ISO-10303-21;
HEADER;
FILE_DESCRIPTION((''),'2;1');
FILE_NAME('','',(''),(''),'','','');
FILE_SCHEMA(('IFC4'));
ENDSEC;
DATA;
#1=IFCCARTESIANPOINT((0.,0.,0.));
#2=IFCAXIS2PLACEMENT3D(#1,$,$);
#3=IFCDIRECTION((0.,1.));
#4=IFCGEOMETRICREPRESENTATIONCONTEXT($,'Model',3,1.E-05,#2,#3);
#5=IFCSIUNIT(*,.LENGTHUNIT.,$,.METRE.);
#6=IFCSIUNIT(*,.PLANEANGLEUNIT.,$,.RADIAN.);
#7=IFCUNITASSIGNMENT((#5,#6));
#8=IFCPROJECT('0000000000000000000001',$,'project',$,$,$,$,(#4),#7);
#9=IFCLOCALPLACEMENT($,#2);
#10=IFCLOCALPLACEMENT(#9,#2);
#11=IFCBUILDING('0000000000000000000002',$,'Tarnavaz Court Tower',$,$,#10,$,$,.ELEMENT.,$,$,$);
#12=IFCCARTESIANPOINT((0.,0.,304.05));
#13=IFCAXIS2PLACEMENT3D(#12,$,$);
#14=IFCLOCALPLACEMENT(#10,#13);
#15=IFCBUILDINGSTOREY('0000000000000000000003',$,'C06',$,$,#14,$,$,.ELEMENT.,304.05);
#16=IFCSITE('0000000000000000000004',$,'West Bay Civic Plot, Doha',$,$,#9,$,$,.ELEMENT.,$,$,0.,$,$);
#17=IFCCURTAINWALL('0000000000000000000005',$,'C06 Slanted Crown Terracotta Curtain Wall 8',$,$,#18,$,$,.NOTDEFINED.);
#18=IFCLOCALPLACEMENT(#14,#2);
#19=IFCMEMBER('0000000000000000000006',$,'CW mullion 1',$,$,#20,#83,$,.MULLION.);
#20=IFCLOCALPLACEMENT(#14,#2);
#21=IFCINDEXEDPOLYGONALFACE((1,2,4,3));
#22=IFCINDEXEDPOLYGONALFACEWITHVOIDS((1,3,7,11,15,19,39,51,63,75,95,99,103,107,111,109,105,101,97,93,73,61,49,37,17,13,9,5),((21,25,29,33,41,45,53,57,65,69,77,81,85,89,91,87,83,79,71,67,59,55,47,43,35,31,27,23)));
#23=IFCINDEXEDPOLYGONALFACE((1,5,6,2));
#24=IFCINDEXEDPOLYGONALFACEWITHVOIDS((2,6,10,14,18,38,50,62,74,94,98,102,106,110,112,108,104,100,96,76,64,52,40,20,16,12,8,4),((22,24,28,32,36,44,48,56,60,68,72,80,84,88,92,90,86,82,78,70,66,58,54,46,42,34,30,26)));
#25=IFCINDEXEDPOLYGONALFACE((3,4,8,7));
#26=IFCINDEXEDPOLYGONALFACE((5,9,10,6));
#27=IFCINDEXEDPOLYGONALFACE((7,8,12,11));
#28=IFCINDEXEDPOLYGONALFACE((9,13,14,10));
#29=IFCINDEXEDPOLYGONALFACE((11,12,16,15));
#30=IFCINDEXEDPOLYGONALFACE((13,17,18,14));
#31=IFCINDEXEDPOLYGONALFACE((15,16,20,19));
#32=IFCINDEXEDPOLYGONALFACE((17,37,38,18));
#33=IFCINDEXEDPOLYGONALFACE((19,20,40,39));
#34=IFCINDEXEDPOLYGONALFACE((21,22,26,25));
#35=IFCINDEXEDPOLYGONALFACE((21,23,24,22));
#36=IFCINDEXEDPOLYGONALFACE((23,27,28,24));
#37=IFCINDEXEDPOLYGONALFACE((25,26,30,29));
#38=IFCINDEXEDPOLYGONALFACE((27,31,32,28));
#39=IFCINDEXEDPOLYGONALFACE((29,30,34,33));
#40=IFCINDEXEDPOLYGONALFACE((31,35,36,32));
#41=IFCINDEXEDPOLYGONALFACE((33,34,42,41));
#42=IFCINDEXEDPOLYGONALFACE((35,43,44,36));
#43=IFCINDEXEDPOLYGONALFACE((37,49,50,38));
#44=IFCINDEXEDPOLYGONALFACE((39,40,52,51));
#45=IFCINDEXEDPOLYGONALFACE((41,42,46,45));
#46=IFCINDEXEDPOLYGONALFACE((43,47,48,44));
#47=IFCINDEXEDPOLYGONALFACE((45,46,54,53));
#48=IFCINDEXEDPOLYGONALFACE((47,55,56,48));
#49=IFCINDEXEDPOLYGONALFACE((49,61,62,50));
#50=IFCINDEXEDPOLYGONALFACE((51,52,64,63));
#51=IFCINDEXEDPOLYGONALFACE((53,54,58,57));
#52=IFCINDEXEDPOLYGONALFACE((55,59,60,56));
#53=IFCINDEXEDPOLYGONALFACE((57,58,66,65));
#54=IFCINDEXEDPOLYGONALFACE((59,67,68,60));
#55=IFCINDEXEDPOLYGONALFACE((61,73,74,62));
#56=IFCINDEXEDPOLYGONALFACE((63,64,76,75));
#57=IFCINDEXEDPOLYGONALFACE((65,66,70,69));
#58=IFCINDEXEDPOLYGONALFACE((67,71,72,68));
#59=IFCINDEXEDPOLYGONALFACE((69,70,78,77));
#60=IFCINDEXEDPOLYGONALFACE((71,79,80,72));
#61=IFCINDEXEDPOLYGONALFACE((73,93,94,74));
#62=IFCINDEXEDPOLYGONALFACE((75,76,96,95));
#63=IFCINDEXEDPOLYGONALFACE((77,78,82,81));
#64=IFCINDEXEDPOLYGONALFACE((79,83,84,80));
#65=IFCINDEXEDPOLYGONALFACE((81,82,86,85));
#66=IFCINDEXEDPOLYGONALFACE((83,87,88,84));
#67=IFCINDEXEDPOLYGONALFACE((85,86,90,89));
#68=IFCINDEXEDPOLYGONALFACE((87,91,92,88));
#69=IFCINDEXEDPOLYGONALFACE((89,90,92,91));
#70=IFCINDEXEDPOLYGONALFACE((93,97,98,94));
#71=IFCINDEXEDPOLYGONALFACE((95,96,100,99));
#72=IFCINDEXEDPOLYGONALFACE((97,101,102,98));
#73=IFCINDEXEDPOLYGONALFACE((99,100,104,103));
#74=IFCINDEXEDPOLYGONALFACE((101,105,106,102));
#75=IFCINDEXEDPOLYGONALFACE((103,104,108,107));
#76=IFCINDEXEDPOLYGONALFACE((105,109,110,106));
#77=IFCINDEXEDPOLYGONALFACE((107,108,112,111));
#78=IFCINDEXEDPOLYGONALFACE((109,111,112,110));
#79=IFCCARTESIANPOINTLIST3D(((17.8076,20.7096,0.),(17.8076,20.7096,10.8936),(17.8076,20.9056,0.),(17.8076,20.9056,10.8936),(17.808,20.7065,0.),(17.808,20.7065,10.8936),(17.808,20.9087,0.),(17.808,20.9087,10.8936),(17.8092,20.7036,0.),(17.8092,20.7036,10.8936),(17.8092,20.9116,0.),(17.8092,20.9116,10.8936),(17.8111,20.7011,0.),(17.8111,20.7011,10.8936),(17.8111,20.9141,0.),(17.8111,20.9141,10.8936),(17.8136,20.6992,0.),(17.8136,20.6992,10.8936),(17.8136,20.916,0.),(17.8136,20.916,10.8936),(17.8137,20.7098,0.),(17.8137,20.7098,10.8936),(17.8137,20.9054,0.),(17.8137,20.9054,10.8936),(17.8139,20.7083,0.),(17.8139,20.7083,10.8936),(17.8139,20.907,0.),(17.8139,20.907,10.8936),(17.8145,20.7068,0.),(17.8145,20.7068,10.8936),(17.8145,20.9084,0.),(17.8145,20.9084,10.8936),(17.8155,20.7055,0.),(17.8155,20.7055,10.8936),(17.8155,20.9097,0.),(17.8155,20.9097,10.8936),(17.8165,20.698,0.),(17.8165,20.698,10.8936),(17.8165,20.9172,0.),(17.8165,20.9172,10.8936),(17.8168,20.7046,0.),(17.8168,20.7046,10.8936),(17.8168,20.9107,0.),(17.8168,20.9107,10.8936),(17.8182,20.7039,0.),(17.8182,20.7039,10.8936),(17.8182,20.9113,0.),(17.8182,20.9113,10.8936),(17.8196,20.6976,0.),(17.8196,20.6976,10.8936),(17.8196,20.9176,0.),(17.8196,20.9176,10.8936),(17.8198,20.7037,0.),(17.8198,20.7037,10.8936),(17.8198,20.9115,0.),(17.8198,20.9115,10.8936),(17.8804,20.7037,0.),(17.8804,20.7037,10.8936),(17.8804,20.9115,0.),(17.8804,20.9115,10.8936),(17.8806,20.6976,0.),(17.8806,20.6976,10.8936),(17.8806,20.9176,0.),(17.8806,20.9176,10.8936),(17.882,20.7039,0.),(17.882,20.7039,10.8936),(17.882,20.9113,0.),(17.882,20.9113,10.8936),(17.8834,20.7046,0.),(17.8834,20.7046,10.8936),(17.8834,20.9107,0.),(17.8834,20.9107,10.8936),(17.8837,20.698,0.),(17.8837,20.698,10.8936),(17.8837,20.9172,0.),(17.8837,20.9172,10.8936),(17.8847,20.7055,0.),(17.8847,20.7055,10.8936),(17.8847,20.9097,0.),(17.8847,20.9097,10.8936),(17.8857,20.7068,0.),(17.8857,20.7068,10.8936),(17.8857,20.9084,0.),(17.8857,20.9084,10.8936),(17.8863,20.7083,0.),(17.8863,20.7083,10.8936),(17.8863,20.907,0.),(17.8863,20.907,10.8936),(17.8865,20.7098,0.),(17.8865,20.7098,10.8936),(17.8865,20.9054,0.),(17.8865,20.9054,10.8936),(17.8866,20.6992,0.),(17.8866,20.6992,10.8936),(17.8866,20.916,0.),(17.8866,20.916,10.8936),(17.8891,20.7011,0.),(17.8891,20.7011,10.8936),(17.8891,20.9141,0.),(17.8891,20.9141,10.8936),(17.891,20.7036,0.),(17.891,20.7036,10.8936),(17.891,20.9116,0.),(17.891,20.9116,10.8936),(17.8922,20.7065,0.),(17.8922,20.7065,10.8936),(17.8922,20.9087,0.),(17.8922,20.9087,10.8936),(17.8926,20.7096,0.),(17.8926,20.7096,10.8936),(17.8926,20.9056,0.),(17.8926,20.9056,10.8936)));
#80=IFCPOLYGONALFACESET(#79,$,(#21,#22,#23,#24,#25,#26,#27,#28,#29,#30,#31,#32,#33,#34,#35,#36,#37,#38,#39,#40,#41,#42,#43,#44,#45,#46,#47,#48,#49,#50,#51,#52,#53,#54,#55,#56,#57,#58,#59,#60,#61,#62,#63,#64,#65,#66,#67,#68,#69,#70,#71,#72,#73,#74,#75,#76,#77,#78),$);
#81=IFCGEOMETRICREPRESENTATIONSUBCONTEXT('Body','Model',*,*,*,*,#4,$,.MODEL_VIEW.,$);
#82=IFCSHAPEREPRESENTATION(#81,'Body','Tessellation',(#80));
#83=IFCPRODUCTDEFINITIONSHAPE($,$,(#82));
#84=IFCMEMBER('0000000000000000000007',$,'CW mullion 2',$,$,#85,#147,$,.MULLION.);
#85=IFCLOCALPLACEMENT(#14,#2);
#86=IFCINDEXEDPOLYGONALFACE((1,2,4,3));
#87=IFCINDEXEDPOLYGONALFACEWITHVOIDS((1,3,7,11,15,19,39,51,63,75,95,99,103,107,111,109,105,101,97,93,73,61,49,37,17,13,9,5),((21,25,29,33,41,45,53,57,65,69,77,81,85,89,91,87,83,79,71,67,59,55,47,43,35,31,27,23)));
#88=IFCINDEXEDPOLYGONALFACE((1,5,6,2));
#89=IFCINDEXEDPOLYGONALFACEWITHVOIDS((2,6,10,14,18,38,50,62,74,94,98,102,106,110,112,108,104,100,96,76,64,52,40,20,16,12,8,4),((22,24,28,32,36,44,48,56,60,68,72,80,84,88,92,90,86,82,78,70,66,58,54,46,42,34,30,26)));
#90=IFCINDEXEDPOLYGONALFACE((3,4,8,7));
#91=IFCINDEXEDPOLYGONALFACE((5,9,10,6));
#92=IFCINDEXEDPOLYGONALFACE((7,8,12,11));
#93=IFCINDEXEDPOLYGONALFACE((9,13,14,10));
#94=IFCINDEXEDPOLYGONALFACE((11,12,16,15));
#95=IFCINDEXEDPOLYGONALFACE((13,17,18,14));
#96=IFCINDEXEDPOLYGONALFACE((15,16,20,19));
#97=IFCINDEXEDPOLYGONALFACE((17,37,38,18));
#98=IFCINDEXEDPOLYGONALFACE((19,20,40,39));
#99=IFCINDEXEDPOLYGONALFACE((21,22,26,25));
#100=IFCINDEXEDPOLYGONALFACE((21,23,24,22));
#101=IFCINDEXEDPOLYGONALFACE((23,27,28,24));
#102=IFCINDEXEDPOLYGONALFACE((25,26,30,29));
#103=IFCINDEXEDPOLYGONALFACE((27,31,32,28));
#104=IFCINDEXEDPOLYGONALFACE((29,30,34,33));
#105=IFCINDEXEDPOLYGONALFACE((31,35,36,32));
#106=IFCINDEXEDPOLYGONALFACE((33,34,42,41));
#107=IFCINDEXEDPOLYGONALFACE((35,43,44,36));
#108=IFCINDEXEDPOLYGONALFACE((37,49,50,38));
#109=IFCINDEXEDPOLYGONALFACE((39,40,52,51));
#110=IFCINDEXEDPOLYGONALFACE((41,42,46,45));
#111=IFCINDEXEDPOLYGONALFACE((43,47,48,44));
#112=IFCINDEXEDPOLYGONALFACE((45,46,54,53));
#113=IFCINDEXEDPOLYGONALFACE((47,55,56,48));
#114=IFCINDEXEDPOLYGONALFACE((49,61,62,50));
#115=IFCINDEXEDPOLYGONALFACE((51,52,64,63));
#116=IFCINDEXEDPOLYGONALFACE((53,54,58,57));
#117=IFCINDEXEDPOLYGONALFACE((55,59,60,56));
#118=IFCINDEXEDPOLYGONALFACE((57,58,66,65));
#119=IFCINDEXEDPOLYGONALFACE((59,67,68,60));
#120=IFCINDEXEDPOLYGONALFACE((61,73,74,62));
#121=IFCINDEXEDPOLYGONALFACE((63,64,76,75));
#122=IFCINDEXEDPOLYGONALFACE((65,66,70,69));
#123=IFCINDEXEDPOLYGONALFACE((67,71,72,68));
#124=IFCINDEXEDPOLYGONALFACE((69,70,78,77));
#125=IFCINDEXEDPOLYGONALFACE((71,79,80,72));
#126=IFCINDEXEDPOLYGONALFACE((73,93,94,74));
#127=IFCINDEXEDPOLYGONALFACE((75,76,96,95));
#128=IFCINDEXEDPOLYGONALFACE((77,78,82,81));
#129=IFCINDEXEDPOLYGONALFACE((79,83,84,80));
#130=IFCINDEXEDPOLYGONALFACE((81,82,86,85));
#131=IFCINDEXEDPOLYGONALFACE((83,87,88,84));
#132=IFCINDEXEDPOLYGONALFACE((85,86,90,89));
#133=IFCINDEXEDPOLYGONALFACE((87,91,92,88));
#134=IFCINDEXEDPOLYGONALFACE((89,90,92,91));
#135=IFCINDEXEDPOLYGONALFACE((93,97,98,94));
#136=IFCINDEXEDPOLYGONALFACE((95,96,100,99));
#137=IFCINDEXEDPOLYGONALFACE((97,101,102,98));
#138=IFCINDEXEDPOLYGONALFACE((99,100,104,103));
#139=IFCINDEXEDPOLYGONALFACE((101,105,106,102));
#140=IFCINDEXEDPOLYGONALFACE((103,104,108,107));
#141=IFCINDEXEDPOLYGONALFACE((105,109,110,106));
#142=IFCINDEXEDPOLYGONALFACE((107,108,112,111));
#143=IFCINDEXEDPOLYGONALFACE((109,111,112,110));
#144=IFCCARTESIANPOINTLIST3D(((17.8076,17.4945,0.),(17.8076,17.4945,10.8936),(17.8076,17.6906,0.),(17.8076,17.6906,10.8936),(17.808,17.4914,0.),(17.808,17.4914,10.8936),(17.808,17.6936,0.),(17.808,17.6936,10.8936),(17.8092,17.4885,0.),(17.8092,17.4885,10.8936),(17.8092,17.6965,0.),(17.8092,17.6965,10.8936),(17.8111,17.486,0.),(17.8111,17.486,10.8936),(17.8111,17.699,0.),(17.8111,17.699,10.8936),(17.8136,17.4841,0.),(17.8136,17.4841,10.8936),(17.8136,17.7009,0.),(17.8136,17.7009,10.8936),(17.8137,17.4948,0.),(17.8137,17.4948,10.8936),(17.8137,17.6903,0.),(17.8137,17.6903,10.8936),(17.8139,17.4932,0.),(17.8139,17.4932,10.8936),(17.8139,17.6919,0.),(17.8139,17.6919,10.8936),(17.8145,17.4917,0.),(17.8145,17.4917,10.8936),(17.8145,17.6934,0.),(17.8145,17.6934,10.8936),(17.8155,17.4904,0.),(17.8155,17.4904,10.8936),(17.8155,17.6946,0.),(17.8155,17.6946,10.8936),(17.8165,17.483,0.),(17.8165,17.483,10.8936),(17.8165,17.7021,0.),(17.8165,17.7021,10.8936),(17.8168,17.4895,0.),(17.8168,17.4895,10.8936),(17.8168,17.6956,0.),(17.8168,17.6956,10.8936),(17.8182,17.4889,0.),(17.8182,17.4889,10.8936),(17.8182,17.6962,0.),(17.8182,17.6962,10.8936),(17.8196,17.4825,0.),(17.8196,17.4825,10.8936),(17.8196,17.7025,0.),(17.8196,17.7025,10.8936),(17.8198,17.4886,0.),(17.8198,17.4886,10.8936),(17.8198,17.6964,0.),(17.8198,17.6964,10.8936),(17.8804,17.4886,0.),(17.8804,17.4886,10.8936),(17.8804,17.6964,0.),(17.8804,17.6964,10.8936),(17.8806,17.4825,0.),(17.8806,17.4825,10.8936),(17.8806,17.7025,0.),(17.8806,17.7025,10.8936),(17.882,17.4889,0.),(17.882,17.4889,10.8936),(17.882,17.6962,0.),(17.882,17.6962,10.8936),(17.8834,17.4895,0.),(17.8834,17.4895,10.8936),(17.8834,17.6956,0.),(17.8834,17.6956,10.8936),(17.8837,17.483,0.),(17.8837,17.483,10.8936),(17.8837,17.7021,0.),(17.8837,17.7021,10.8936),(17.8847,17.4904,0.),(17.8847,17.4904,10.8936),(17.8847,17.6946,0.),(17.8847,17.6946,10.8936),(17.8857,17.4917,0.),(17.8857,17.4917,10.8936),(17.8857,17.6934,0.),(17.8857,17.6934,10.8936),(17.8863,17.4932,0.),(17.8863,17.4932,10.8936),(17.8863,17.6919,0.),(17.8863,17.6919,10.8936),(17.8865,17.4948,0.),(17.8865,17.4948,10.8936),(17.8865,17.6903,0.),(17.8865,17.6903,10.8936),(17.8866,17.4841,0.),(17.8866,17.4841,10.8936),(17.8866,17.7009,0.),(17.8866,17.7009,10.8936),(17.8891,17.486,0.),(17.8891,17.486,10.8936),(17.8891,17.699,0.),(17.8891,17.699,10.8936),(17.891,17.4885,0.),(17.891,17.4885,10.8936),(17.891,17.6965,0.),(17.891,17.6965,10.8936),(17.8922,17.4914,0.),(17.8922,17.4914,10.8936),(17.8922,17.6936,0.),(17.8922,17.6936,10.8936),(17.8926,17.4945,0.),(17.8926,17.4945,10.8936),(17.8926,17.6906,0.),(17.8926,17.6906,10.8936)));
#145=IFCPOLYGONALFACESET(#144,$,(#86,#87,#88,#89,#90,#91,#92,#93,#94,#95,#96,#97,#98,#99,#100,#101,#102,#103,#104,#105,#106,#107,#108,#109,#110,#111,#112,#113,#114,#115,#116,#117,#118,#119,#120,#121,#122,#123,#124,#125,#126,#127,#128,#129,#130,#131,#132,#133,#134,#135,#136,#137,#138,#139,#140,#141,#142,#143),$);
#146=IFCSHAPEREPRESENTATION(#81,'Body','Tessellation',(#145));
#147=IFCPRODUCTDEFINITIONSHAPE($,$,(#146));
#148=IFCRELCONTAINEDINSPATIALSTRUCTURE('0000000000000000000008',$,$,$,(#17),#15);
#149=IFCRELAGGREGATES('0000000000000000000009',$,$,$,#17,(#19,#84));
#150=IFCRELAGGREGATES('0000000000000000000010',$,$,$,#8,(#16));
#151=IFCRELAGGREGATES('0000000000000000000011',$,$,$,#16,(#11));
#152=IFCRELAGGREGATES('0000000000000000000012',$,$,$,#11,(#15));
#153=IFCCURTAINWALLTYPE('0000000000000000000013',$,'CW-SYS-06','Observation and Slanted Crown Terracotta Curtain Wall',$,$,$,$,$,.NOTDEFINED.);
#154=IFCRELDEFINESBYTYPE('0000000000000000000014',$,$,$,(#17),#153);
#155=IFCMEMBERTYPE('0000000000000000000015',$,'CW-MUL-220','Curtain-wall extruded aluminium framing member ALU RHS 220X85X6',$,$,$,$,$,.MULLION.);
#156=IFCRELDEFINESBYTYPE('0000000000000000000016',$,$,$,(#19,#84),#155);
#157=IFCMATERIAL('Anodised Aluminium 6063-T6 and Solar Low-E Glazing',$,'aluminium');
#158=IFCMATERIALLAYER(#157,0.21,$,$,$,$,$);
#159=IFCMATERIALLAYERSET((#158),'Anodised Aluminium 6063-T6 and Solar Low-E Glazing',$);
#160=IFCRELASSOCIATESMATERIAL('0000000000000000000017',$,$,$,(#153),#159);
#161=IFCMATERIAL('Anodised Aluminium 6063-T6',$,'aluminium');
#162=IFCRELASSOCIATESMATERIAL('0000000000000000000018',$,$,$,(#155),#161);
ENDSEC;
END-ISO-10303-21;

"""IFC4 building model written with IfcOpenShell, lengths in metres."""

from ifc_helpers import new_model, si_unit, direction, frame, origin, origin_2d, place, context, subcontext, project, spatial, hollow_rectangle, extrude, material, layer, layer_set, material_profile, profile_set, type_object, element, aggregate, save


model = new_model("IFC4")

# Units and contexts
model_context = context("Model", 3, precision=1e-05, world=origin(), true_north=direction((0.0, 1.0)))
body_context = subcontext(model_context, "Body", "Model", "MODEL_VIEW")
ifc_project = project(units=[si_unit("LENGTHUNIT", "METRE"), si_unit("PLANEANGLEUNIT", "RADIAN")], contexts=[model_context])

# Site, building, storey
site_placement = place(None, origin())
site = spatial("IfcSite", under=ifc_project, at=site_placement, Name="West Bay Civic Plot, Doha", CompositionType="ELEMENT", RefElevation=0.0)
building_placement = place(site_placement, origin())
building = spatial("IfcBuilding", under=site, at=building_placement, Name="Tarnavaz Court Tower", CompositionType="ELEMENT")
storey_placement = place(building_placement, frame((0.0, 0.0, 304.05)))
storey = spatial("IfcBuildingStorey", under=building, at=storey_placement, Name="C06", CompositionType="ELEMENT", Elevation=304.05)

# Shared definitions
ifc_material_1 = material(Name="Anodised Aluminium 6063-T6 and Solar Low-E Glazing", Category="aluminium")
ifc_layer_1 = layer(ifc_material_1, 0.21)
ifc_layer_set_1 = layer_set([ifc_layer_1], Name="Anodised Aluminium 6063-T6 and Solar Low-E Glazing")
curtain_wall_type = type_object("IfcCurtainWallType", Name="CW-SYS-06", Description="Observation and Slanted Crown Terracotta Curtain Wall", PredefinedType="NOTDEFINED", material=ifc_layer_set_1)
ifc_material_2 = material(Name="Anodised Aluminium 6063-T6", Category="aluminium")
ifc_material_profile_1 = material_profile(ifc_material_2, hollow_rectangle(XDim=0.085, YDim=0.22, WallThickness=0.0061, InnerFilletRadius=0.0061, OuterFilletRadius=0.012, at=origin_2d()), Name="ALU RHS 220X85X6")
ifc_profile_set_1 = profile_set([ifc_material_profile_1], Name="Anodised Aluminium 6063-T6")
member_type_1 = type_object("IfcMemberType", Name="CW-MUL-220", Description="Curtain-wall extruded aluminium framing member ALU RHS 220X85X6", PredefinedType="MULLION", material=ifc_profile_set_1)

# Curtain wall, members
curtain_wall_1_placement = place(storey_placement, origin())
curtain_wall_1 = element("IfcCurtainWall", 1, at=curtain_wall_1_placement, inside=storey, type_object=curtain_wall_type, Name="C06 Slanted Crown Terracotta Curtain Wall 8", PredefinedType="NOTDEFINED")
member_1_placement = place(storey_placement, frame((17.8501, 20.8076, 0.0), z_axis=(0.0, 0.0, 1.0), x_axis=(1.0, 0.0, 0.0)))
member_1 = element("IfcMember", 2, at=member_1_placement, type_object=member_type_1, Name="CW mullion 1", PredefinedType="MULLION", context=body_context, shape_type="SweptSolid", body=[
    extrude(hollow_rectangle(XDim=0.085, YDim=0.22, WallThickness=0.0061, InnerFilletRadius=0.0061, OuterFilletRadius=0.012, at=origin_2d()), origin(), (0.0, 0.0, 1.0), 10.8936),
])
member_2_placement = place(storey_placement, frame((17.8501, 17.5925, 0.0), z_axis=(0.0, 0.0, 1.0), x_axis=(1.0, 0.0, 0.0)))
member_2 = element("IfcMember", 3, at=member_2_placement, type_object=member_type_1, Name="CW mullion 2", PredefinedType="MULLION", context=body_context, shape_type="SweptSolid", body=[
    extrude(hollow_rectangle(XDim=0.085, YDim=0.22, WallThickness=0.0061, InnerFilletRadius=0.0061, OuterFilletRadius=0.012, at=origin_2d()), origin(), (0.0, 0.0, 1.0), 10.8936),
])

aggregate(curtain_wall_1, [member_1, member_2])

save(model, "model.ifc")
